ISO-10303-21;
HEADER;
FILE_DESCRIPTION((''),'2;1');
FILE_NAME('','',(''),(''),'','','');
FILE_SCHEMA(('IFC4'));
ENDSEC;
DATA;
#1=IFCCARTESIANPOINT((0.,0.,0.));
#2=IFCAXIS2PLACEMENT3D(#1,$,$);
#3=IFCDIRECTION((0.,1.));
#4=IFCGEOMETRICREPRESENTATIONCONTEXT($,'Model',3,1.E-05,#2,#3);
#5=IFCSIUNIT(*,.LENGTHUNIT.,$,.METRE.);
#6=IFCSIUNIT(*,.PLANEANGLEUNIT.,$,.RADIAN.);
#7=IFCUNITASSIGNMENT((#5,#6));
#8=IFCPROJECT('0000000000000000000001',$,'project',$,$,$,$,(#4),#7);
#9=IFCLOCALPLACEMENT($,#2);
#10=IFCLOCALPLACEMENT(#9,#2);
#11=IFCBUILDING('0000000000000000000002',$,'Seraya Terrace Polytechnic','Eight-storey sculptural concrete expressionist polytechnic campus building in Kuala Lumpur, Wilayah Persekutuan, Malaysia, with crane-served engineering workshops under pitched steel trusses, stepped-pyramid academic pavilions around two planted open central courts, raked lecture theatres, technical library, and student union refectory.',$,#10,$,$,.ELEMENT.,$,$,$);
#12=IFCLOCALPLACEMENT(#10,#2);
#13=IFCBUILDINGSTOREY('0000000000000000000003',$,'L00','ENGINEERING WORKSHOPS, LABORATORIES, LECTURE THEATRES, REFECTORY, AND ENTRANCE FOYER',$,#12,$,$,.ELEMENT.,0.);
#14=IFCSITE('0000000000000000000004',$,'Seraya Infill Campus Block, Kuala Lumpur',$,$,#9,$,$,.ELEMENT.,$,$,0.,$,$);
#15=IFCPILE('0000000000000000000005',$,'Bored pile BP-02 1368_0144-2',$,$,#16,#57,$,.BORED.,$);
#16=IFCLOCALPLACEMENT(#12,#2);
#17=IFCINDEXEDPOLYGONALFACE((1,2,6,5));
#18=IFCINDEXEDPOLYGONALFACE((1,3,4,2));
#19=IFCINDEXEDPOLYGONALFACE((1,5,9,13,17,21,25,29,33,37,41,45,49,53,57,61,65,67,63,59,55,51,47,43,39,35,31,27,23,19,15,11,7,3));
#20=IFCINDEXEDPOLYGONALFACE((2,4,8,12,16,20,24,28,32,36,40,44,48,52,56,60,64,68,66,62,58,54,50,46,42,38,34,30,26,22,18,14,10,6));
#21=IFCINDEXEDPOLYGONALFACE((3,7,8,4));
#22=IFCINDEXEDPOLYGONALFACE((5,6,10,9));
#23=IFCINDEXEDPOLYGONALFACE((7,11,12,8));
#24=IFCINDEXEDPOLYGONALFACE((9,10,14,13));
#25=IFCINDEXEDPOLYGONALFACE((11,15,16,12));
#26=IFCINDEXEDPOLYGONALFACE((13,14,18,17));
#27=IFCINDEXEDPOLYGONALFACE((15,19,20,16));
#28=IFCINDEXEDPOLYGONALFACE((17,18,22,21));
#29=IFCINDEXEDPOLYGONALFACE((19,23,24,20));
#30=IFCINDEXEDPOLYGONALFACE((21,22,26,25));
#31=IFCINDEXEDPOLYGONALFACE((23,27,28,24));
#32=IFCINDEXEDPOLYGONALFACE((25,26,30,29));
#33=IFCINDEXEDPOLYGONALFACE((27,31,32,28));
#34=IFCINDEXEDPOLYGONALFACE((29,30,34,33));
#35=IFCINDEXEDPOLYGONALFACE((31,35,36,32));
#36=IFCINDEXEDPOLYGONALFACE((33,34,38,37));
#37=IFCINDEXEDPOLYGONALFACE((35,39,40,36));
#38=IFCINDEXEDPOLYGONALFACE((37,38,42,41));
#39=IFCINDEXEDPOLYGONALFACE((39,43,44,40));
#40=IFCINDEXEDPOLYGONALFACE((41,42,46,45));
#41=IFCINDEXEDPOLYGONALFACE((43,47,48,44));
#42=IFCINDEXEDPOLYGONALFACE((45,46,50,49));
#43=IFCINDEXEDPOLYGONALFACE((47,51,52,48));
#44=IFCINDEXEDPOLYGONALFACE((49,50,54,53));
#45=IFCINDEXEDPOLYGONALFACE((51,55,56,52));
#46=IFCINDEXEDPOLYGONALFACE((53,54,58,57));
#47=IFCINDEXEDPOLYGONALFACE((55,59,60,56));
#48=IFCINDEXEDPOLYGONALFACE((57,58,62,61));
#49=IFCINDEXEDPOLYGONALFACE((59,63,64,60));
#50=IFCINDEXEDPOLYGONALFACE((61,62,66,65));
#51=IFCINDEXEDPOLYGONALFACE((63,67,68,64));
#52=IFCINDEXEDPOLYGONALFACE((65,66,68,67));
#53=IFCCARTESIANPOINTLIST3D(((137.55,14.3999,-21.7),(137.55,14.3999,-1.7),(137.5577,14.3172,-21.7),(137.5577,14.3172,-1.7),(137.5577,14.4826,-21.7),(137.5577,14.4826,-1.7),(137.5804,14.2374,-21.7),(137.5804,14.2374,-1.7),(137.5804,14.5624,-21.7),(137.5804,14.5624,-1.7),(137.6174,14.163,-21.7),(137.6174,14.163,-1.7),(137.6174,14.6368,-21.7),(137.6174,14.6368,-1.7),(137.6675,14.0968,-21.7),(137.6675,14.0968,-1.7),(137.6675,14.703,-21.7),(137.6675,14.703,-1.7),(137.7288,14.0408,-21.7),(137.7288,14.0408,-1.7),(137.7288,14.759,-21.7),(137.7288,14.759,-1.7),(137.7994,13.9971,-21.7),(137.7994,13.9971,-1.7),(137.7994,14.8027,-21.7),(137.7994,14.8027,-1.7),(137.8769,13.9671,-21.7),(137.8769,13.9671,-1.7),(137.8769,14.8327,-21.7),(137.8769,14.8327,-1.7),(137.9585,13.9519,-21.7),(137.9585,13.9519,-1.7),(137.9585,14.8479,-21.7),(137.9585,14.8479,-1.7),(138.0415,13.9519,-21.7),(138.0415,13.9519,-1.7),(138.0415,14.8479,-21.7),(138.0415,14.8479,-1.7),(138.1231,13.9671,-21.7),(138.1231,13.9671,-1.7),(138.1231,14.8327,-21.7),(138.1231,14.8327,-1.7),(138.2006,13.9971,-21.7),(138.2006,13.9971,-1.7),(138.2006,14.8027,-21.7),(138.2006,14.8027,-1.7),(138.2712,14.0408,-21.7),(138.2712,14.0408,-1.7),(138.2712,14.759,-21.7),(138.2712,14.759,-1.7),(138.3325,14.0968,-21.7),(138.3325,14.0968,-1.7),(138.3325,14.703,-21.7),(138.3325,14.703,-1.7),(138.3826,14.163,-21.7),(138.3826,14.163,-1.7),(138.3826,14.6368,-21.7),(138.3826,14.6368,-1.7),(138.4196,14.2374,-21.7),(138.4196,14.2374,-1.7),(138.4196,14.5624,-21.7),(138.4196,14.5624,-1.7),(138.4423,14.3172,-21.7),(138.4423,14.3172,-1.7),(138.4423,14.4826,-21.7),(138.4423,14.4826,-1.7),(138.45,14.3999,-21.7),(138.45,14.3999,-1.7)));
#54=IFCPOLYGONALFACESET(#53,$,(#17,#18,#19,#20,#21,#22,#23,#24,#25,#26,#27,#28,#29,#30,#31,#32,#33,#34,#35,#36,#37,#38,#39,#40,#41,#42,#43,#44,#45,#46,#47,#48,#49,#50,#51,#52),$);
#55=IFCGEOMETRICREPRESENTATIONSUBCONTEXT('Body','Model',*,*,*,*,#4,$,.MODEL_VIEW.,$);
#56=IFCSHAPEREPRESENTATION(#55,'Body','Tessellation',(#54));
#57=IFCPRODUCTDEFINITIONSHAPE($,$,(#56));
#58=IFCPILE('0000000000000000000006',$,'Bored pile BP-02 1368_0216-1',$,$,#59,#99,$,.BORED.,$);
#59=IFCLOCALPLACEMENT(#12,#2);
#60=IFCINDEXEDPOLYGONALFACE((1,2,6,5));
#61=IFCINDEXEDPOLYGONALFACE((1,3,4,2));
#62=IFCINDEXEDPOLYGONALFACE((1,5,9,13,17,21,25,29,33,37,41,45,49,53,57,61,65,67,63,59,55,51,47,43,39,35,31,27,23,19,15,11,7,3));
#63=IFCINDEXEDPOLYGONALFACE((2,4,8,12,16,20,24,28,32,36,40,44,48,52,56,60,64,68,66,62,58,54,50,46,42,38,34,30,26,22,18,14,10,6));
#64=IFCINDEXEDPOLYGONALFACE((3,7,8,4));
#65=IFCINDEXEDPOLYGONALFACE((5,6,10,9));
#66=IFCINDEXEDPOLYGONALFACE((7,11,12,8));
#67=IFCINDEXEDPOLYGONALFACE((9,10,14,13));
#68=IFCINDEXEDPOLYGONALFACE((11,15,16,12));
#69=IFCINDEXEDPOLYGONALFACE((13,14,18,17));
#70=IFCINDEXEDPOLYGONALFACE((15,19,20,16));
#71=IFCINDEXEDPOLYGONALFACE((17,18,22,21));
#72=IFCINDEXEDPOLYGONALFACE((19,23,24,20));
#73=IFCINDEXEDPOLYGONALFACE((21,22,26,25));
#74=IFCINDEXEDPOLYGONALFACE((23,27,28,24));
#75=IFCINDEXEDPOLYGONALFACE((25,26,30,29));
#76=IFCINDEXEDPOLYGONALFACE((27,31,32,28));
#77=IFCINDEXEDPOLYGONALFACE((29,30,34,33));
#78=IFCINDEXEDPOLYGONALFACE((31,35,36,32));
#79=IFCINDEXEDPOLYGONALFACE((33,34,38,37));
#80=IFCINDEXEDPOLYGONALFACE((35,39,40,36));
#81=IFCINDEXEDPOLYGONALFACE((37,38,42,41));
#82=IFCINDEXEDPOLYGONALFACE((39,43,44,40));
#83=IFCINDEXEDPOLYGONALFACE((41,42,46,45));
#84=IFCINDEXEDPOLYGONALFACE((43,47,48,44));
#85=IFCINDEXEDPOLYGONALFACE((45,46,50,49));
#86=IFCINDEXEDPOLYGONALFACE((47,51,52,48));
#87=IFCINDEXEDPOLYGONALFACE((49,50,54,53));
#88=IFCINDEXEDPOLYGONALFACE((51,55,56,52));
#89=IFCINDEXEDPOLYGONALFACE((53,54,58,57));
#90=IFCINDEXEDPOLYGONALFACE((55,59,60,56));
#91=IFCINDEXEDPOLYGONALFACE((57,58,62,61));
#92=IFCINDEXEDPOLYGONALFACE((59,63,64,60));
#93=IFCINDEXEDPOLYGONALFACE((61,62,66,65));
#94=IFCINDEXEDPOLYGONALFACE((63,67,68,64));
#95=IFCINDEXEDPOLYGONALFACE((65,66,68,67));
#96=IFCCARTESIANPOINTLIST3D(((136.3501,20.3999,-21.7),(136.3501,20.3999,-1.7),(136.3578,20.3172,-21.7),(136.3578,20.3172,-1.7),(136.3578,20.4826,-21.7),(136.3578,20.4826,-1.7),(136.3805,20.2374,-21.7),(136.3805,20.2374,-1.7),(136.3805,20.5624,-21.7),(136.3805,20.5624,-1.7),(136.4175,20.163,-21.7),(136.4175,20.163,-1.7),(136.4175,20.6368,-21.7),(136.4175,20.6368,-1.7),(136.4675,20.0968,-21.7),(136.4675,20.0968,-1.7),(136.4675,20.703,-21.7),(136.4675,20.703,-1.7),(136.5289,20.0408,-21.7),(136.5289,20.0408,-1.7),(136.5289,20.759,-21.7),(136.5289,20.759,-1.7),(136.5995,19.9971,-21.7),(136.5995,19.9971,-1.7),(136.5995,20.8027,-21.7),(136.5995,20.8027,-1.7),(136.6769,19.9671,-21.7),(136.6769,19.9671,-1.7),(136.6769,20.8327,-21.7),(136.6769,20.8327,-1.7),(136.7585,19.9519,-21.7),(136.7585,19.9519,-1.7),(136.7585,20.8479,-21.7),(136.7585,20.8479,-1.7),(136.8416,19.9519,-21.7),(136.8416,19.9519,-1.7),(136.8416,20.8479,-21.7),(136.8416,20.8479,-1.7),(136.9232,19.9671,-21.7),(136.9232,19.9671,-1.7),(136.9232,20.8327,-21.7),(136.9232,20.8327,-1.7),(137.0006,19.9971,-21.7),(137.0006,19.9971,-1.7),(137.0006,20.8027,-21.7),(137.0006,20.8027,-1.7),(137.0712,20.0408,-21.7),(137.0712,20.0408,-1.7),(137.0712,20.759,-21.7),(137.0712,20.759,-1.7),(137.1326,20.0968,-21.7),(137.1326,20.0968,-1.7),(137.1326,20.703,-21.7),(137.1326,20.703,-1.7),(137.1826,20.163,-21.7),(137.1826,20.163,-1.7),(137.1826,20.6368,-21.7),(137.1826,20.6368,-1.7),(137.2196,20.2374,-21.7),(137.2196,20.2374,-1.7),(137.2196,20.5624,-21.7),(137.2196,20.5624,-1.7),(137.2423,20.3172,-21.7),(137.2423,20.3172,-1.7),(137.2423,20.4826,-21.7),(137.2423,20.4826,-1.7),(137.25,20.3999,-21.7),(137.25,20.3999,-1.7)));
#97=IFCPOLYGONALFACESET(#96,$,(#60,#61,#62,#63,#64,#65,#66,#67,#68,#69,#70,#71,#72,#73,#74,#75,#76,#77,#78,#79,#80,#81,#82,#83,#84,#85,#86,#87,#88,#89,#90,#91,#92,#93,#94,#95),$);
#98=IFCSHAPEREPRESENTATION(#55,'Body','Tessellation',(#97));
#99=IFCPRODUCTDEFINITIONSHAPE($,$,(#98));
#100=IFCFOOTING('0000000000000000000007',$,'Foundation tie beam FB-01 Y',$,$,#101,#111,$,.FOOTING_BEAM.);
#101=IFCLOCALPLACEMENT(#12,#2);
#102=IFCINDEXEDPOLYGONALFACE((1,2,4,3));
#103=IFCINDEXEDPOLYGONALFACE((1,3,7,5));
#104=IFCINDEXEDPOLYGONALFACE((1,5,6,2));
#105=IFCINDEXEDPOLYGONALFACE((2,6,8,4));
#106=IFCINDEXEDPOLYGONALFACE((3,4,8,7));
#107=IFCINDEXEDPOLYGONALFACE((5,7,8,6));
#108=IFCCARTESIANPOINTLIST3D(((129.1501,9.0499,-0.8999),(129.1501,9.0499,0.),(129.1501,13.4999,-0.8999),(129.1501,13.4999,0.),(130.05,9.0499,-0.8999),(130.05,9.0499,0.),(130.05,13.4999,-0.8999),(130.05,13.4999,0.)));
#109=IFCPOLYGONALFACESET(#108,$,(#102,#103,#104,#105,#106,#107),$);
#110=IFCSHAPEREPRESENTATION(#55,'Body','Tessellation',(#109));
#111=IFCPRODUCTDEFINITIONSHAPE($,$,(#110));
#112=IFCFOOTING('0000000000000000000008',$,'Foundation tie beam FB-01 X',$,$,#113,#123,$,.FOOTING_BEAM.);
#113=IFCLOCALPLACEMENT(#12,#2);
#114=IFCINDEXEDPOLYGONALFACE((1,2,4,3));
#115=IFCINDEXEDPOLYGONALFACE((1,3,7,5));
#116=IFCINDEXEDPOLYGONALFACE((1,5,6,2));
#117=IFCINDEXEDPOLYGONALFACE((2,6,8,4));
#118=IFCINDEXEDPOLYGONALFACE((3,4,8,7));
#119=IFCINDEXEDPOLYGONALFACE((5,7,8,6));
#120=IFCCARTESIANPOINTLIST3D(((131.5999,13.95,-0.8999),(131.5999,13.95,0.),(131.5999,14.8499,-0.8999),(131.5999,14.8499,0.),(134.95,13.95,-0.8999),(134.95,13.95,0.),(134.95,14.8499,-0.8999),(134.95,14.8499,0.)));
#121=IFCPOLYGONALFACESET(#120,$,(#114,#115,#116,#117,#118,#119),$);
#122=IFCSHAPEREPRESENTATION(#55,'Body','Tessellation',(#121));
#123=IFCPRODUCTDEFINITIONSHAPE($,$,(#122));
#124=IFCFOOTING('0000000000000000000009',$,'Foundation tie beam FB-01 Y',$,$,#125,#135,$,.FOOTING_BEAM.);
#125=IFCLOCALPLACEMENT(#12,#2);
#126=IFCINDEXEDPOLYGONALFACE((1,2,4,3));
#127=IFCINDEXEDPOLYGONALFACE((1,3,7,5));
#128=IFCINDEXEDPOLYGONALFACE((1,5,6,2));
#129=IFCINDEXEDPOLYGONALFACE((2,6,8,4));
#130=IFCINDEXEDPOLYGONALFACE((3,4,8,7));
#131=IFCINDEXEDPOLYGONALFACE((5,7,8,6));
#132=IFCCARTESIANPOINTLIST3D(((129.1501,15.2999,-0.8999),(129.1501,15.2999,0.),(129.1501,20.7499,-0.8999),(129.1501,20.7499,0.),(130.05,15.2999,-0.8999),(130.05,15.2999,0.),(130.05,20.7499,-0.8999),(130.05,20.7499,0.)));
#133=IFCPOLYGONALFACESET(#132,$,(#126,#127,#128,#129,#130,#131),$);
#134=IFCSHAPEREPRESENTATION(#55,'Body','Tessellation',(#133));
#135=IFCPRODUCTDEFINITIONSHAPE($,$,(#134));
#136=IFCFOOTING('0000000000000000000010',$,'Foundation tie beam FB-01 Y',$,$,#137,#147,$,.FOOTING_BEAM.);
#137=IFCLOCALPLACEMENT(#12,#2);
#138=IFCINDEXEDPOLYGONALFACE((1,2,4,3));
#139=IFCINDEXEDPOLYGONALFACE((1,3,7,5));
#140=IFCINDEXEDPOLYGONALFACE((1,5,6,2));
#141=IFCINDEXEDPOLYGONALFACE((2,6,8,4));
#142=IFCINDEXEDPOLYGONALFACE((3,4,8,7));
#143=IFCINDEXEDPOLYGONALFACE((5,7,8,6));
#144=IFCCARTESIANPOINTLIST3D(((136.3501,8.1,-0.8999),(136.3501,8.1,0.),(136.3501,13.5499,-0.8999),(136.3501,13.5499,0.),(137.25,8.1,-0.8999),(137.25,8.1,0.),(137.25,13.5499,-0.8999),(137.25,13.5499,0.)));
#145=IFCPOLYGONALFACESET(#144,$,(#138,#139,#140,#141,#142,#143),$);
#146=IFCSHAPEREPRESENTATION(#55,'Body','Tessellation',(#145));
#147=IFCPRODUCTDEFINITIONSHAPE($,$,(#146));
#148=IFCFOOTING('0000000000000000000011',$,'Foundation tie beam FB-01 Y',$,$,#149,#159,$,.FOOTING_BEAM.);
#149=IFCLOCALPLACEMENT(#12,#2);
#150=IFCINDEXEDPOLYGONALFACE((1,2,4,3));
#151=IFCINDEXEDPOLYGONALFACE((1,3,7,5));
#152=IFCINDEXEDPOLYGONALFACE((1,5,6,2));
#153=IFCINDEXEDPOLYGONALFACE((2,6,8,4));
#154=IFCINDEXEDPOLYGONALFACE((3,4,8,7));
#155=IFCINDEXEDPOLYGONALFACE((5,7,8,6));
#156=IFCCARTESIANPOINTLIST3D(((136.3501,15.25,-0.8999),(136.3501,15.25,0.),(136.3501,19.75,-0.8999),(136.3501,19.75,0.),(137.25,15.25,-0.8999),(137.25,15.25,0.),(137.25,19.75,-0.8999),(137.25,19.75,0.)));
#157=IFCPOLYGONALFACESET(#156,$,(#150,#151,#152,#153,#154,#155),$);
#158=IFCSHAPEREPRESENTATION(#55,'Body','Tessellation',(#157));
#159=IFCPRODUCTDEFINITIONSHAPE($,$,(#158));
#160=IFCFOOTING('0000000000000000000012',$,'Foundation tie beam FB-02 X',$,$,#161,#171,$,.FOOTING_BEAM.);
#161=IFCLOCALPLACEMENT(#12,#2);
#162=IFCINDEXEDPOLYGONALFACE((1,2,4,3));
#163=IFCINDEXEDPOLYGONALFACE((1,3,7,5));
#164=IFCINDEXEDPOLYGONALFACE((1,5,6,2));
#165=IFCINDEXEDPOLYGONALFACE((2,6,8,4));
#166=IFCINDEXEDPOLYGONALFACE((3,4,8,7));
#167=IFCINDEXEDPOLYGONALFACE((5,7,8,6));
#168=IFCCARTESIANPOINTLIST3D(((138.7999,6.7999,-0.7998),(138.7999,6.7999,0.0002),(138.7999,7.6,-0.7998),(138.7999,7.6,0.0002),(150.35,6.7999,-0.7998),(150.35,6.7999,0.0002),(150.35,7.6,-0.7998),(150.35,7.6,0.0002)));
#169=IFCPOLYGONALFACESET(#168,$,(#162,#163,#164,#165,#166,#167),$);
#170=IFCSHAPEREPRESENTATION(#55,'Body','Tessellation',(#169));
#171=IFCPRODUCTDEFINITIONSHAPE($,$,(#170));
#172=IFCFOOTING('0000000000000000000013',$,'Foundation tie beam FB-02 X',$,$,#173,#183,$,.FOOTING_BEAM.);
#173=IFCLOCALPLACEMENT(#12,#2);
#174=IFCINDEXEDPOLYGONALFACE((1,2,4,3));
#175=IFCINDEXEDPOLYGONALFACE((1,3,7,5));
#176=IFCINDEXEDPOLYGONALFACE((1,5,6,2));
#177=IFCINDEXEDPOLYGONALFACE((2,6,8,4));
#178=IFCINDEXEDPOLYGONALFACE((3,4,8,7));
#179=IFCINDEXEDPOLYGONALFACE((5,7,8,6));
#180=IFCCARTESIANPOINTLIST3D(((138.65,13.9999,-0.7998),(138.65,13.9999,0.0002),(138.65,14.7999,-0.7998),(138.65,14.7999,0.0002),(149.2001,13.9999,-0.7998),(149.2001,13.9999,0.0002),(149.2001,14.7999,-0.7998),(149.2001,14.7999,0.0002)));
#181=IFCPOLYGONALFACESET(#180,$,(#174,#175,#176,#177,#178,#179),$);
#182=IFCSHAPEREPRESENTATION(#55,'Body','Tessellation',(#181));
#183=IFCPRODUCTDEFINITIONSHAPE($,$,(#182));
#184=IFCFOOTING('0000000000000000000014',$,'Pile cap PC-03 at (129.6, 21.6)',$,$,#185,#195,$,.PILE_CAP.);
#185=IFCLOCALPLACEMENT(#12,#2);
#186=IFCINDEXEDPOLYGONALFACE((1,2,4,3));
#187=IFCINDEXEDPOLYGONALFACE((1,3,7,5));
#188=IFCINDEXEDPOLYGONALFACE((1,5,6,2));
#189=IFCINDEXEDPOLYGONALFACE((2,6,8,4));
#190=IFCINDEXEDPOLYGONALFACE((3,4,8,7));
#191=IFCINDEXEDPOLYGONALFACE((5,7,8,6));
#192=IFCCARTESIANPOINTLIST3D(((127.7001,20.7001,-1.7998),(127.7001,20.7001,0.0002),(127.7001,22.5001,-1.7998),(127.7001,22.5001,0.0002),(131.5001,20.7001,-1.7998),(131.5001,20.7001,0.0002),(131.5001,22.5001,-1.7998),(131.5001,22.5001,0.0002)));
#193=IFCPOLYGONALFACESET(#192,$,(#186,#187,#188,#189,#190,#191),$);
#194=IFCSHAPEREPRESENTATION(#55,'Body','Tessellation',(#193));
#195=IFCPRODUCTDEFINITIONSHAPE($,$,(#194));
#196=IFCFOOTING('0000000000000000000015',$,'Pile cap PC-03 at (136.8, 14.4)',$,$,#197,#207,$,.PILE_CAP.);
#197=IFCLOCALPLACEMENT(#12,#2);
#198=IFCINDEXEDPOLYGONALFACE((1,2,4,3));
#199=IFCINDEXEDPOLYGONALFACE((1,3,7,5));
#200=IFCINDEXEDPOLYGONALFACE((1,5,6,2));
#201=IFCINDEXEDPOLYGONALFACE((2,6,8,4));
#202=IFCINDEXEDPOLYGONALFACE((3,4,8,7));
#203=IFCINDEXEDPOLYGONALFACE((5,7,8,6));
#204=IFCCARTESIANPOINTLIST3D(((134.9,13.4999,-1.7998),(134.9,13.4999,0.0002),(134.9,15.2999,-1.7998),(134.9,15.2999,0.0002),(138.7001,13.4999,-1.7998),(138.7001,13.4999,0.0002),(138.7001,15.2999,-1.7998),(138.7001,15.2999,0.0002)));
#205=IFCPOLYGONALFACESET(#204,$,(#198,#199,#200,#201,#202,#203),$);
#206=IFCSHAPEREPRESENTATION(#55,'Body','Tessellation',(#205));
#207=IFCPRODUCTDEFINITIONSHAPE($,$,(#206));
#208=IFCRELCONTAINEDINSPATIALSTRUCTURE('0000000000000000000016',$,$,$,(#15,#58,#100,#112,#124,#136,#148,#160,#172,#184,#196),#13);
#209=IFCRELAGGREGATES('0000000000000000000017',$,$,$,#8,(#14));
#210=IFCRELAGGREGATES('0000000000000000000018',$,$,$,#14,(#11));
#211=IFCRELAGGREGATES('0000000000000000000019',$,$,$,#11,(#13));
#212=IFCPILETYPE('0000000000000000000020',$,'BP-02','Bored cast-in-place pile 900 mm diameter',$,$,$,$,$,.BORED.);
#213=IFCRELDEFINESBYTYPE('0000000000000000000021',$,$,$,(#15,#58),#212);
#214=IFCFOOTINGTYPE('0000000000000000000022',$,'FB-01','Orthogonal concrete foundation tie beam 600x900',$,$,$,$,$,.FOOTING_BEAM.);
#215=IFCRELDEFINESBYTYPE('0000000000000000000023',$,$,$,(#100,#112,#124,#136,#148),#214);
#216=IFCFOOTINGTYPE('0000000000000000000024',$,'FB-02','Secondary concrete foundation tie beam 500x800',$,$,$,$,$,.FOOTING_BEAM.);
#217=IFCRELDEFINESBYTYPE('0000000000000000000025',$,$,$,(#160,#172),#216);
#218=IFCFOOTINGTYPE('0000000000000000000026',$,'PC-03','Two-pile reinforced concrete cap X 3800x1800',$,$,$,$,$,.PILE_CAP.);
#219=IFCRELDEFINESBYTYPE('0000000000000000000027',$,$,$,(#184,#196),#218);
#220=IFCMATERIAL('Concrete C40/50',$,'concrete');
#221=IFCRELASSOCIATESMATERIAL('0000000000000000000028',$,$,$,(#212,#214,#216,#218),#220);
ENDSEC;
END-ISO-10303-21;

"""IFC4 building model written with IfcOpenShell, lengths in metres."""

from ifc_helpers import new_model, si_unit, direction, frame, origin, origin_2d, place, context, subcontext, project, spatial, rectangle, circle, extrude, material, material_profile, profile_set, type_object, element, save


model = new_model("IFC4")

# Units and contexts
model_context = context("Model", 3, precision=1e-05, world=origin(), true_north=direction((0.0, 1.0)))
body_context = subcontext(model_context, "Body", "Model", "MODEL_VIEW")
ifc_project = project(units=[si_unit("LENGTHUNIT", "METRE"), si_unit("PLANEANGLEUNIT", "RADIAN")], contexts=[model_context])

# Site, building, storey
site_placement = place(None, origin())
site = spatial("IfcSite", under=ifc_project, at=site_placement, Name="Seraya Infill Campus Block, Kuala Lumpur", CompositionType="ELEMENT", RefElevation=0.0)
building_placement = place(site_placement, origin())
building = spatial("IfcBuilding", under=site, at=building_placement, Name="Seraya Terrace Polytechnic", Description="Eight-storey sculptural concrete expressionist polytechnic campus building in Kuala Lumpur, Wilayah Persekutuan, Malaysia, with crane-served engineering workshops under pitched steel trusses, stepped-pyramid academic pavilions around two planted open central courts, raked lecture theatres, technical library, and student union refectory.", CompositionType="ELEMENT")
storey_placement = place(building_placement, origin())
storey = spatial("IfcBuildingStorey", under=building, at=storey_placement, Name="L00", Description="ENGINEERING WORKSHOPS, LABORATORIES, LECTURE THEATRES, REFECTORY, AND ENTRANCE FOYER", CompositionType="ELEMENT", Elevation=0.0)

# Piles
ifc_material_1 = material(Name="Concrete C40/50", Category="concrete")
ifc_material_profile_1 = material_profile(ifc_material_1, circle(Radius=0.45, at=origin_2d()), Name="DIA 900")
ifc_profile_set_1 = profile_set([ifc_material_profile_1], Name="Concrete C40/50")
pile_type = type_object("IfcPileType", Name="BP-02", Description="Bored cast-in-place pile 900 mm diameter", PredefinedType="BORED", material=ifc_profile_set_1)
for number, where, z_axis, x_axis, name in (
    (1, (138.0, 14.3999, -1.7), (0.0, 0.0, -1.0), (1.0, 0.0, 0.0), "Bored pile BP-02 1368_0144-2"),
    (2, (136.8, 20.3999, -1.7), (0.0, 0.0, -1.0), (1.0, 0.0, 0.0), "Bored pile BP-02 1368_0216-1"),
):
    element("IfcPile", number, at=place(storey_placement, frame(where, z_axis=z_axis, x_axis=x_axis)), inside=storey, type_object=pile_type, Name=name, PredefinedType="BORED", context=body_context, shape_type="SweptSolid", body=[
        extrude(circle(Radius=0.45, at=origin_2d()), origin(), (0.0, 0.0, 1.0), 20.0),
    ])

# Footings
footing_type_1 = type_object("IfcFootingType", Name="FB-01", Description="Orthogonal concrete foundation tie beam 600x900", PredefinedType="FOOTING_BEAM", material=ifc_material_1)
footing_1_placement = place(storey_placement, frame((129.6001, 11.2749, -0.8999), z_axis=(0.0, 0.0, 1.0), x_axis=(0.0, 1.0, 0.0)))
element("IfcFooting", 3, at=footing_1_placement, inside=storey, type_object=footing_type_1, Name="Foundation tie beam FB-01 Y", PredefinedType="FOOTING_BEAM", context=body_context, shape_type="SweptSolid", body=[
    extrude(rectangle(XDim=4.45, YDim=0.8999, at=origin_2d()), origin(), (0.0, 0.0, 1.0), 0.8999),
])
footing_2_placement = place(storey_placement, frame((133.2749, 14.3999, -0.8999), z_axis=(0.0, 0.0, 1.0), x_axis=(1.0, 0.0, 0.0)))
element("IfcFooting", 4, at=footing_2_placement, inside=storey, type_object=footing_type_1, Name="Foundation tie beam FB-01 X", PredefinedType="FOOTING_BEAM", context=body_context, shape_type="SweptSolid", body=[
    extrude(rectangle(XDim=3.3501, YDim=0.8999, at=origin_2d()), origin(), (0.0, 0.0, 1.0), 0.8999),
])
for number, where, z_axis, x_axis, name in (
    (5, (129.6001, 18.0249, -0.8999), (0.0, 0.0, 1.0), (0.0, 1.0, 0.0), "Foundation tie beam FB-01 Y"),
    (6, (136.8, 10.825, -0.8999), (0.0, 0.0, 1.0), (0.0, 1.0, 0.0), "Foundation tie beam FB-01 Y"),
):
    element("IfcFooting", number, at=place(storey_placement, frame(where, z_axis=z_axis, x_axis=x_axis)), inside=storey, type_object=footing_type_1, Name=name, PredefinedType="FOOTING_BEAM", context=body_context, shape_type="SweptSolid", body=[
        extrude(rectangle(XDim=5.45, YDim=0.8999, at=origin_2d()), origin(), (0.0, 0.0, 1.0), 0.8999),
    ])
footing_3_placement = place(storey_placement, frame((136.8, 17.5, -0.8999), z_axis=(0.0, 0.0, 1.0), x_axis=(0.0, 1.0, 0.0)))
element("IfcFooting", 7, at=footing_3_placement, inside=storey, type_object=footing_type_1, Name="Foundation tie beam FB-01 Y", PredefinedType="FOOTING_BEAM", context=body_context, shape_type="SweptSolid", body=[
    extrude(rectangle(XDim=4.5, YDim=0.8999, at=origin_2d()), origin(), (0.0, 0.0, 1.0), 0.8999),
])
footing_type_2 = type_object("IfcFootingType", Name="FB-02", Description="Secondary concrete foundation tie beam 500x800", PredefinedType="FOOTING_BEAM", material=ifc_material_1)
footing_4_placement = place(storey_placement, frame((144.575, 7.2, -0.7998), z_axis=(0.0, 0.0, 1.0), x_axis=(1.0, 0.0, 0.0)))
element("IfcFooting", 8, at=footing_4_placement, inside=storey, type_object=footing_type_2, Name="Foundation tie beam FB-02 X", PredefinedType="FOOTING_BEAM", context=body_context, shape_type="SweptSolid", body=[
    extrude(rectangle(XDim=11.55, YDim=0.8, at=origin_2d()), origin(), (0.0, 0.0, 1.0), 0.8),
])
footing_5_placement = place(storey_placement, frame((143.925, 14.3999, -0.7998), z_axis=(0.0, 0.0, 1.0), x_axis=(1.0, 0.0, 0.0)))
element("IfcFooting", 9, at=footing_5_placement, inside=storey, type_object=footing_type_2, Name="Foundation tie beam FB-02 X", PredefinedType="FOOTING_BEAM", context=body_context, shape_type="SweptSolid", body=[
    extrude(rectangle(XDim=10.55, YDim=0.8, at=origin_2d()), origin(), (0.0, 0.0, 1.0), 0.8),
])
footing_type_3 = type_object("IfcFootingType", Name="PC-03", Description="Two-pile reinforced concrete cap X 3800x1800", PredefinedType="PILE_CAP", material=ifc_material_1)
for number, where, z_axis, x_axis, name in (
    (10, (129.6001, 21.6001, -1.7998), (0.0, 0.0, 1.0), (1.0, 0.0, 0.0), "Pile cap PC-03 at (129.6, 21.6)"),
    (11, (136.8, 14.3999, -1.7998), (0.0, 0.0, 1.0), (1.0, 0.0, 0.0), "Pile cap PC-03 at (136.8, 14.4)"),
):
    element("IfcFooting", number, at=place(storey_placement, frame(where, z_axis=z_axis, x_axis=x_axis)), inside=storey, type_object=footing_type_3, Name=name, PredefinedType="PILE_CAP", context=body_context, shape_type="SweptSolid", body=[
        extrude(rectangle(XDim=3.8, YDim=1.8, at=origin_2d()), origin(), (0.0, 0.0, 1.0), 1.8),
    ])

save(model, "model.ifc")
